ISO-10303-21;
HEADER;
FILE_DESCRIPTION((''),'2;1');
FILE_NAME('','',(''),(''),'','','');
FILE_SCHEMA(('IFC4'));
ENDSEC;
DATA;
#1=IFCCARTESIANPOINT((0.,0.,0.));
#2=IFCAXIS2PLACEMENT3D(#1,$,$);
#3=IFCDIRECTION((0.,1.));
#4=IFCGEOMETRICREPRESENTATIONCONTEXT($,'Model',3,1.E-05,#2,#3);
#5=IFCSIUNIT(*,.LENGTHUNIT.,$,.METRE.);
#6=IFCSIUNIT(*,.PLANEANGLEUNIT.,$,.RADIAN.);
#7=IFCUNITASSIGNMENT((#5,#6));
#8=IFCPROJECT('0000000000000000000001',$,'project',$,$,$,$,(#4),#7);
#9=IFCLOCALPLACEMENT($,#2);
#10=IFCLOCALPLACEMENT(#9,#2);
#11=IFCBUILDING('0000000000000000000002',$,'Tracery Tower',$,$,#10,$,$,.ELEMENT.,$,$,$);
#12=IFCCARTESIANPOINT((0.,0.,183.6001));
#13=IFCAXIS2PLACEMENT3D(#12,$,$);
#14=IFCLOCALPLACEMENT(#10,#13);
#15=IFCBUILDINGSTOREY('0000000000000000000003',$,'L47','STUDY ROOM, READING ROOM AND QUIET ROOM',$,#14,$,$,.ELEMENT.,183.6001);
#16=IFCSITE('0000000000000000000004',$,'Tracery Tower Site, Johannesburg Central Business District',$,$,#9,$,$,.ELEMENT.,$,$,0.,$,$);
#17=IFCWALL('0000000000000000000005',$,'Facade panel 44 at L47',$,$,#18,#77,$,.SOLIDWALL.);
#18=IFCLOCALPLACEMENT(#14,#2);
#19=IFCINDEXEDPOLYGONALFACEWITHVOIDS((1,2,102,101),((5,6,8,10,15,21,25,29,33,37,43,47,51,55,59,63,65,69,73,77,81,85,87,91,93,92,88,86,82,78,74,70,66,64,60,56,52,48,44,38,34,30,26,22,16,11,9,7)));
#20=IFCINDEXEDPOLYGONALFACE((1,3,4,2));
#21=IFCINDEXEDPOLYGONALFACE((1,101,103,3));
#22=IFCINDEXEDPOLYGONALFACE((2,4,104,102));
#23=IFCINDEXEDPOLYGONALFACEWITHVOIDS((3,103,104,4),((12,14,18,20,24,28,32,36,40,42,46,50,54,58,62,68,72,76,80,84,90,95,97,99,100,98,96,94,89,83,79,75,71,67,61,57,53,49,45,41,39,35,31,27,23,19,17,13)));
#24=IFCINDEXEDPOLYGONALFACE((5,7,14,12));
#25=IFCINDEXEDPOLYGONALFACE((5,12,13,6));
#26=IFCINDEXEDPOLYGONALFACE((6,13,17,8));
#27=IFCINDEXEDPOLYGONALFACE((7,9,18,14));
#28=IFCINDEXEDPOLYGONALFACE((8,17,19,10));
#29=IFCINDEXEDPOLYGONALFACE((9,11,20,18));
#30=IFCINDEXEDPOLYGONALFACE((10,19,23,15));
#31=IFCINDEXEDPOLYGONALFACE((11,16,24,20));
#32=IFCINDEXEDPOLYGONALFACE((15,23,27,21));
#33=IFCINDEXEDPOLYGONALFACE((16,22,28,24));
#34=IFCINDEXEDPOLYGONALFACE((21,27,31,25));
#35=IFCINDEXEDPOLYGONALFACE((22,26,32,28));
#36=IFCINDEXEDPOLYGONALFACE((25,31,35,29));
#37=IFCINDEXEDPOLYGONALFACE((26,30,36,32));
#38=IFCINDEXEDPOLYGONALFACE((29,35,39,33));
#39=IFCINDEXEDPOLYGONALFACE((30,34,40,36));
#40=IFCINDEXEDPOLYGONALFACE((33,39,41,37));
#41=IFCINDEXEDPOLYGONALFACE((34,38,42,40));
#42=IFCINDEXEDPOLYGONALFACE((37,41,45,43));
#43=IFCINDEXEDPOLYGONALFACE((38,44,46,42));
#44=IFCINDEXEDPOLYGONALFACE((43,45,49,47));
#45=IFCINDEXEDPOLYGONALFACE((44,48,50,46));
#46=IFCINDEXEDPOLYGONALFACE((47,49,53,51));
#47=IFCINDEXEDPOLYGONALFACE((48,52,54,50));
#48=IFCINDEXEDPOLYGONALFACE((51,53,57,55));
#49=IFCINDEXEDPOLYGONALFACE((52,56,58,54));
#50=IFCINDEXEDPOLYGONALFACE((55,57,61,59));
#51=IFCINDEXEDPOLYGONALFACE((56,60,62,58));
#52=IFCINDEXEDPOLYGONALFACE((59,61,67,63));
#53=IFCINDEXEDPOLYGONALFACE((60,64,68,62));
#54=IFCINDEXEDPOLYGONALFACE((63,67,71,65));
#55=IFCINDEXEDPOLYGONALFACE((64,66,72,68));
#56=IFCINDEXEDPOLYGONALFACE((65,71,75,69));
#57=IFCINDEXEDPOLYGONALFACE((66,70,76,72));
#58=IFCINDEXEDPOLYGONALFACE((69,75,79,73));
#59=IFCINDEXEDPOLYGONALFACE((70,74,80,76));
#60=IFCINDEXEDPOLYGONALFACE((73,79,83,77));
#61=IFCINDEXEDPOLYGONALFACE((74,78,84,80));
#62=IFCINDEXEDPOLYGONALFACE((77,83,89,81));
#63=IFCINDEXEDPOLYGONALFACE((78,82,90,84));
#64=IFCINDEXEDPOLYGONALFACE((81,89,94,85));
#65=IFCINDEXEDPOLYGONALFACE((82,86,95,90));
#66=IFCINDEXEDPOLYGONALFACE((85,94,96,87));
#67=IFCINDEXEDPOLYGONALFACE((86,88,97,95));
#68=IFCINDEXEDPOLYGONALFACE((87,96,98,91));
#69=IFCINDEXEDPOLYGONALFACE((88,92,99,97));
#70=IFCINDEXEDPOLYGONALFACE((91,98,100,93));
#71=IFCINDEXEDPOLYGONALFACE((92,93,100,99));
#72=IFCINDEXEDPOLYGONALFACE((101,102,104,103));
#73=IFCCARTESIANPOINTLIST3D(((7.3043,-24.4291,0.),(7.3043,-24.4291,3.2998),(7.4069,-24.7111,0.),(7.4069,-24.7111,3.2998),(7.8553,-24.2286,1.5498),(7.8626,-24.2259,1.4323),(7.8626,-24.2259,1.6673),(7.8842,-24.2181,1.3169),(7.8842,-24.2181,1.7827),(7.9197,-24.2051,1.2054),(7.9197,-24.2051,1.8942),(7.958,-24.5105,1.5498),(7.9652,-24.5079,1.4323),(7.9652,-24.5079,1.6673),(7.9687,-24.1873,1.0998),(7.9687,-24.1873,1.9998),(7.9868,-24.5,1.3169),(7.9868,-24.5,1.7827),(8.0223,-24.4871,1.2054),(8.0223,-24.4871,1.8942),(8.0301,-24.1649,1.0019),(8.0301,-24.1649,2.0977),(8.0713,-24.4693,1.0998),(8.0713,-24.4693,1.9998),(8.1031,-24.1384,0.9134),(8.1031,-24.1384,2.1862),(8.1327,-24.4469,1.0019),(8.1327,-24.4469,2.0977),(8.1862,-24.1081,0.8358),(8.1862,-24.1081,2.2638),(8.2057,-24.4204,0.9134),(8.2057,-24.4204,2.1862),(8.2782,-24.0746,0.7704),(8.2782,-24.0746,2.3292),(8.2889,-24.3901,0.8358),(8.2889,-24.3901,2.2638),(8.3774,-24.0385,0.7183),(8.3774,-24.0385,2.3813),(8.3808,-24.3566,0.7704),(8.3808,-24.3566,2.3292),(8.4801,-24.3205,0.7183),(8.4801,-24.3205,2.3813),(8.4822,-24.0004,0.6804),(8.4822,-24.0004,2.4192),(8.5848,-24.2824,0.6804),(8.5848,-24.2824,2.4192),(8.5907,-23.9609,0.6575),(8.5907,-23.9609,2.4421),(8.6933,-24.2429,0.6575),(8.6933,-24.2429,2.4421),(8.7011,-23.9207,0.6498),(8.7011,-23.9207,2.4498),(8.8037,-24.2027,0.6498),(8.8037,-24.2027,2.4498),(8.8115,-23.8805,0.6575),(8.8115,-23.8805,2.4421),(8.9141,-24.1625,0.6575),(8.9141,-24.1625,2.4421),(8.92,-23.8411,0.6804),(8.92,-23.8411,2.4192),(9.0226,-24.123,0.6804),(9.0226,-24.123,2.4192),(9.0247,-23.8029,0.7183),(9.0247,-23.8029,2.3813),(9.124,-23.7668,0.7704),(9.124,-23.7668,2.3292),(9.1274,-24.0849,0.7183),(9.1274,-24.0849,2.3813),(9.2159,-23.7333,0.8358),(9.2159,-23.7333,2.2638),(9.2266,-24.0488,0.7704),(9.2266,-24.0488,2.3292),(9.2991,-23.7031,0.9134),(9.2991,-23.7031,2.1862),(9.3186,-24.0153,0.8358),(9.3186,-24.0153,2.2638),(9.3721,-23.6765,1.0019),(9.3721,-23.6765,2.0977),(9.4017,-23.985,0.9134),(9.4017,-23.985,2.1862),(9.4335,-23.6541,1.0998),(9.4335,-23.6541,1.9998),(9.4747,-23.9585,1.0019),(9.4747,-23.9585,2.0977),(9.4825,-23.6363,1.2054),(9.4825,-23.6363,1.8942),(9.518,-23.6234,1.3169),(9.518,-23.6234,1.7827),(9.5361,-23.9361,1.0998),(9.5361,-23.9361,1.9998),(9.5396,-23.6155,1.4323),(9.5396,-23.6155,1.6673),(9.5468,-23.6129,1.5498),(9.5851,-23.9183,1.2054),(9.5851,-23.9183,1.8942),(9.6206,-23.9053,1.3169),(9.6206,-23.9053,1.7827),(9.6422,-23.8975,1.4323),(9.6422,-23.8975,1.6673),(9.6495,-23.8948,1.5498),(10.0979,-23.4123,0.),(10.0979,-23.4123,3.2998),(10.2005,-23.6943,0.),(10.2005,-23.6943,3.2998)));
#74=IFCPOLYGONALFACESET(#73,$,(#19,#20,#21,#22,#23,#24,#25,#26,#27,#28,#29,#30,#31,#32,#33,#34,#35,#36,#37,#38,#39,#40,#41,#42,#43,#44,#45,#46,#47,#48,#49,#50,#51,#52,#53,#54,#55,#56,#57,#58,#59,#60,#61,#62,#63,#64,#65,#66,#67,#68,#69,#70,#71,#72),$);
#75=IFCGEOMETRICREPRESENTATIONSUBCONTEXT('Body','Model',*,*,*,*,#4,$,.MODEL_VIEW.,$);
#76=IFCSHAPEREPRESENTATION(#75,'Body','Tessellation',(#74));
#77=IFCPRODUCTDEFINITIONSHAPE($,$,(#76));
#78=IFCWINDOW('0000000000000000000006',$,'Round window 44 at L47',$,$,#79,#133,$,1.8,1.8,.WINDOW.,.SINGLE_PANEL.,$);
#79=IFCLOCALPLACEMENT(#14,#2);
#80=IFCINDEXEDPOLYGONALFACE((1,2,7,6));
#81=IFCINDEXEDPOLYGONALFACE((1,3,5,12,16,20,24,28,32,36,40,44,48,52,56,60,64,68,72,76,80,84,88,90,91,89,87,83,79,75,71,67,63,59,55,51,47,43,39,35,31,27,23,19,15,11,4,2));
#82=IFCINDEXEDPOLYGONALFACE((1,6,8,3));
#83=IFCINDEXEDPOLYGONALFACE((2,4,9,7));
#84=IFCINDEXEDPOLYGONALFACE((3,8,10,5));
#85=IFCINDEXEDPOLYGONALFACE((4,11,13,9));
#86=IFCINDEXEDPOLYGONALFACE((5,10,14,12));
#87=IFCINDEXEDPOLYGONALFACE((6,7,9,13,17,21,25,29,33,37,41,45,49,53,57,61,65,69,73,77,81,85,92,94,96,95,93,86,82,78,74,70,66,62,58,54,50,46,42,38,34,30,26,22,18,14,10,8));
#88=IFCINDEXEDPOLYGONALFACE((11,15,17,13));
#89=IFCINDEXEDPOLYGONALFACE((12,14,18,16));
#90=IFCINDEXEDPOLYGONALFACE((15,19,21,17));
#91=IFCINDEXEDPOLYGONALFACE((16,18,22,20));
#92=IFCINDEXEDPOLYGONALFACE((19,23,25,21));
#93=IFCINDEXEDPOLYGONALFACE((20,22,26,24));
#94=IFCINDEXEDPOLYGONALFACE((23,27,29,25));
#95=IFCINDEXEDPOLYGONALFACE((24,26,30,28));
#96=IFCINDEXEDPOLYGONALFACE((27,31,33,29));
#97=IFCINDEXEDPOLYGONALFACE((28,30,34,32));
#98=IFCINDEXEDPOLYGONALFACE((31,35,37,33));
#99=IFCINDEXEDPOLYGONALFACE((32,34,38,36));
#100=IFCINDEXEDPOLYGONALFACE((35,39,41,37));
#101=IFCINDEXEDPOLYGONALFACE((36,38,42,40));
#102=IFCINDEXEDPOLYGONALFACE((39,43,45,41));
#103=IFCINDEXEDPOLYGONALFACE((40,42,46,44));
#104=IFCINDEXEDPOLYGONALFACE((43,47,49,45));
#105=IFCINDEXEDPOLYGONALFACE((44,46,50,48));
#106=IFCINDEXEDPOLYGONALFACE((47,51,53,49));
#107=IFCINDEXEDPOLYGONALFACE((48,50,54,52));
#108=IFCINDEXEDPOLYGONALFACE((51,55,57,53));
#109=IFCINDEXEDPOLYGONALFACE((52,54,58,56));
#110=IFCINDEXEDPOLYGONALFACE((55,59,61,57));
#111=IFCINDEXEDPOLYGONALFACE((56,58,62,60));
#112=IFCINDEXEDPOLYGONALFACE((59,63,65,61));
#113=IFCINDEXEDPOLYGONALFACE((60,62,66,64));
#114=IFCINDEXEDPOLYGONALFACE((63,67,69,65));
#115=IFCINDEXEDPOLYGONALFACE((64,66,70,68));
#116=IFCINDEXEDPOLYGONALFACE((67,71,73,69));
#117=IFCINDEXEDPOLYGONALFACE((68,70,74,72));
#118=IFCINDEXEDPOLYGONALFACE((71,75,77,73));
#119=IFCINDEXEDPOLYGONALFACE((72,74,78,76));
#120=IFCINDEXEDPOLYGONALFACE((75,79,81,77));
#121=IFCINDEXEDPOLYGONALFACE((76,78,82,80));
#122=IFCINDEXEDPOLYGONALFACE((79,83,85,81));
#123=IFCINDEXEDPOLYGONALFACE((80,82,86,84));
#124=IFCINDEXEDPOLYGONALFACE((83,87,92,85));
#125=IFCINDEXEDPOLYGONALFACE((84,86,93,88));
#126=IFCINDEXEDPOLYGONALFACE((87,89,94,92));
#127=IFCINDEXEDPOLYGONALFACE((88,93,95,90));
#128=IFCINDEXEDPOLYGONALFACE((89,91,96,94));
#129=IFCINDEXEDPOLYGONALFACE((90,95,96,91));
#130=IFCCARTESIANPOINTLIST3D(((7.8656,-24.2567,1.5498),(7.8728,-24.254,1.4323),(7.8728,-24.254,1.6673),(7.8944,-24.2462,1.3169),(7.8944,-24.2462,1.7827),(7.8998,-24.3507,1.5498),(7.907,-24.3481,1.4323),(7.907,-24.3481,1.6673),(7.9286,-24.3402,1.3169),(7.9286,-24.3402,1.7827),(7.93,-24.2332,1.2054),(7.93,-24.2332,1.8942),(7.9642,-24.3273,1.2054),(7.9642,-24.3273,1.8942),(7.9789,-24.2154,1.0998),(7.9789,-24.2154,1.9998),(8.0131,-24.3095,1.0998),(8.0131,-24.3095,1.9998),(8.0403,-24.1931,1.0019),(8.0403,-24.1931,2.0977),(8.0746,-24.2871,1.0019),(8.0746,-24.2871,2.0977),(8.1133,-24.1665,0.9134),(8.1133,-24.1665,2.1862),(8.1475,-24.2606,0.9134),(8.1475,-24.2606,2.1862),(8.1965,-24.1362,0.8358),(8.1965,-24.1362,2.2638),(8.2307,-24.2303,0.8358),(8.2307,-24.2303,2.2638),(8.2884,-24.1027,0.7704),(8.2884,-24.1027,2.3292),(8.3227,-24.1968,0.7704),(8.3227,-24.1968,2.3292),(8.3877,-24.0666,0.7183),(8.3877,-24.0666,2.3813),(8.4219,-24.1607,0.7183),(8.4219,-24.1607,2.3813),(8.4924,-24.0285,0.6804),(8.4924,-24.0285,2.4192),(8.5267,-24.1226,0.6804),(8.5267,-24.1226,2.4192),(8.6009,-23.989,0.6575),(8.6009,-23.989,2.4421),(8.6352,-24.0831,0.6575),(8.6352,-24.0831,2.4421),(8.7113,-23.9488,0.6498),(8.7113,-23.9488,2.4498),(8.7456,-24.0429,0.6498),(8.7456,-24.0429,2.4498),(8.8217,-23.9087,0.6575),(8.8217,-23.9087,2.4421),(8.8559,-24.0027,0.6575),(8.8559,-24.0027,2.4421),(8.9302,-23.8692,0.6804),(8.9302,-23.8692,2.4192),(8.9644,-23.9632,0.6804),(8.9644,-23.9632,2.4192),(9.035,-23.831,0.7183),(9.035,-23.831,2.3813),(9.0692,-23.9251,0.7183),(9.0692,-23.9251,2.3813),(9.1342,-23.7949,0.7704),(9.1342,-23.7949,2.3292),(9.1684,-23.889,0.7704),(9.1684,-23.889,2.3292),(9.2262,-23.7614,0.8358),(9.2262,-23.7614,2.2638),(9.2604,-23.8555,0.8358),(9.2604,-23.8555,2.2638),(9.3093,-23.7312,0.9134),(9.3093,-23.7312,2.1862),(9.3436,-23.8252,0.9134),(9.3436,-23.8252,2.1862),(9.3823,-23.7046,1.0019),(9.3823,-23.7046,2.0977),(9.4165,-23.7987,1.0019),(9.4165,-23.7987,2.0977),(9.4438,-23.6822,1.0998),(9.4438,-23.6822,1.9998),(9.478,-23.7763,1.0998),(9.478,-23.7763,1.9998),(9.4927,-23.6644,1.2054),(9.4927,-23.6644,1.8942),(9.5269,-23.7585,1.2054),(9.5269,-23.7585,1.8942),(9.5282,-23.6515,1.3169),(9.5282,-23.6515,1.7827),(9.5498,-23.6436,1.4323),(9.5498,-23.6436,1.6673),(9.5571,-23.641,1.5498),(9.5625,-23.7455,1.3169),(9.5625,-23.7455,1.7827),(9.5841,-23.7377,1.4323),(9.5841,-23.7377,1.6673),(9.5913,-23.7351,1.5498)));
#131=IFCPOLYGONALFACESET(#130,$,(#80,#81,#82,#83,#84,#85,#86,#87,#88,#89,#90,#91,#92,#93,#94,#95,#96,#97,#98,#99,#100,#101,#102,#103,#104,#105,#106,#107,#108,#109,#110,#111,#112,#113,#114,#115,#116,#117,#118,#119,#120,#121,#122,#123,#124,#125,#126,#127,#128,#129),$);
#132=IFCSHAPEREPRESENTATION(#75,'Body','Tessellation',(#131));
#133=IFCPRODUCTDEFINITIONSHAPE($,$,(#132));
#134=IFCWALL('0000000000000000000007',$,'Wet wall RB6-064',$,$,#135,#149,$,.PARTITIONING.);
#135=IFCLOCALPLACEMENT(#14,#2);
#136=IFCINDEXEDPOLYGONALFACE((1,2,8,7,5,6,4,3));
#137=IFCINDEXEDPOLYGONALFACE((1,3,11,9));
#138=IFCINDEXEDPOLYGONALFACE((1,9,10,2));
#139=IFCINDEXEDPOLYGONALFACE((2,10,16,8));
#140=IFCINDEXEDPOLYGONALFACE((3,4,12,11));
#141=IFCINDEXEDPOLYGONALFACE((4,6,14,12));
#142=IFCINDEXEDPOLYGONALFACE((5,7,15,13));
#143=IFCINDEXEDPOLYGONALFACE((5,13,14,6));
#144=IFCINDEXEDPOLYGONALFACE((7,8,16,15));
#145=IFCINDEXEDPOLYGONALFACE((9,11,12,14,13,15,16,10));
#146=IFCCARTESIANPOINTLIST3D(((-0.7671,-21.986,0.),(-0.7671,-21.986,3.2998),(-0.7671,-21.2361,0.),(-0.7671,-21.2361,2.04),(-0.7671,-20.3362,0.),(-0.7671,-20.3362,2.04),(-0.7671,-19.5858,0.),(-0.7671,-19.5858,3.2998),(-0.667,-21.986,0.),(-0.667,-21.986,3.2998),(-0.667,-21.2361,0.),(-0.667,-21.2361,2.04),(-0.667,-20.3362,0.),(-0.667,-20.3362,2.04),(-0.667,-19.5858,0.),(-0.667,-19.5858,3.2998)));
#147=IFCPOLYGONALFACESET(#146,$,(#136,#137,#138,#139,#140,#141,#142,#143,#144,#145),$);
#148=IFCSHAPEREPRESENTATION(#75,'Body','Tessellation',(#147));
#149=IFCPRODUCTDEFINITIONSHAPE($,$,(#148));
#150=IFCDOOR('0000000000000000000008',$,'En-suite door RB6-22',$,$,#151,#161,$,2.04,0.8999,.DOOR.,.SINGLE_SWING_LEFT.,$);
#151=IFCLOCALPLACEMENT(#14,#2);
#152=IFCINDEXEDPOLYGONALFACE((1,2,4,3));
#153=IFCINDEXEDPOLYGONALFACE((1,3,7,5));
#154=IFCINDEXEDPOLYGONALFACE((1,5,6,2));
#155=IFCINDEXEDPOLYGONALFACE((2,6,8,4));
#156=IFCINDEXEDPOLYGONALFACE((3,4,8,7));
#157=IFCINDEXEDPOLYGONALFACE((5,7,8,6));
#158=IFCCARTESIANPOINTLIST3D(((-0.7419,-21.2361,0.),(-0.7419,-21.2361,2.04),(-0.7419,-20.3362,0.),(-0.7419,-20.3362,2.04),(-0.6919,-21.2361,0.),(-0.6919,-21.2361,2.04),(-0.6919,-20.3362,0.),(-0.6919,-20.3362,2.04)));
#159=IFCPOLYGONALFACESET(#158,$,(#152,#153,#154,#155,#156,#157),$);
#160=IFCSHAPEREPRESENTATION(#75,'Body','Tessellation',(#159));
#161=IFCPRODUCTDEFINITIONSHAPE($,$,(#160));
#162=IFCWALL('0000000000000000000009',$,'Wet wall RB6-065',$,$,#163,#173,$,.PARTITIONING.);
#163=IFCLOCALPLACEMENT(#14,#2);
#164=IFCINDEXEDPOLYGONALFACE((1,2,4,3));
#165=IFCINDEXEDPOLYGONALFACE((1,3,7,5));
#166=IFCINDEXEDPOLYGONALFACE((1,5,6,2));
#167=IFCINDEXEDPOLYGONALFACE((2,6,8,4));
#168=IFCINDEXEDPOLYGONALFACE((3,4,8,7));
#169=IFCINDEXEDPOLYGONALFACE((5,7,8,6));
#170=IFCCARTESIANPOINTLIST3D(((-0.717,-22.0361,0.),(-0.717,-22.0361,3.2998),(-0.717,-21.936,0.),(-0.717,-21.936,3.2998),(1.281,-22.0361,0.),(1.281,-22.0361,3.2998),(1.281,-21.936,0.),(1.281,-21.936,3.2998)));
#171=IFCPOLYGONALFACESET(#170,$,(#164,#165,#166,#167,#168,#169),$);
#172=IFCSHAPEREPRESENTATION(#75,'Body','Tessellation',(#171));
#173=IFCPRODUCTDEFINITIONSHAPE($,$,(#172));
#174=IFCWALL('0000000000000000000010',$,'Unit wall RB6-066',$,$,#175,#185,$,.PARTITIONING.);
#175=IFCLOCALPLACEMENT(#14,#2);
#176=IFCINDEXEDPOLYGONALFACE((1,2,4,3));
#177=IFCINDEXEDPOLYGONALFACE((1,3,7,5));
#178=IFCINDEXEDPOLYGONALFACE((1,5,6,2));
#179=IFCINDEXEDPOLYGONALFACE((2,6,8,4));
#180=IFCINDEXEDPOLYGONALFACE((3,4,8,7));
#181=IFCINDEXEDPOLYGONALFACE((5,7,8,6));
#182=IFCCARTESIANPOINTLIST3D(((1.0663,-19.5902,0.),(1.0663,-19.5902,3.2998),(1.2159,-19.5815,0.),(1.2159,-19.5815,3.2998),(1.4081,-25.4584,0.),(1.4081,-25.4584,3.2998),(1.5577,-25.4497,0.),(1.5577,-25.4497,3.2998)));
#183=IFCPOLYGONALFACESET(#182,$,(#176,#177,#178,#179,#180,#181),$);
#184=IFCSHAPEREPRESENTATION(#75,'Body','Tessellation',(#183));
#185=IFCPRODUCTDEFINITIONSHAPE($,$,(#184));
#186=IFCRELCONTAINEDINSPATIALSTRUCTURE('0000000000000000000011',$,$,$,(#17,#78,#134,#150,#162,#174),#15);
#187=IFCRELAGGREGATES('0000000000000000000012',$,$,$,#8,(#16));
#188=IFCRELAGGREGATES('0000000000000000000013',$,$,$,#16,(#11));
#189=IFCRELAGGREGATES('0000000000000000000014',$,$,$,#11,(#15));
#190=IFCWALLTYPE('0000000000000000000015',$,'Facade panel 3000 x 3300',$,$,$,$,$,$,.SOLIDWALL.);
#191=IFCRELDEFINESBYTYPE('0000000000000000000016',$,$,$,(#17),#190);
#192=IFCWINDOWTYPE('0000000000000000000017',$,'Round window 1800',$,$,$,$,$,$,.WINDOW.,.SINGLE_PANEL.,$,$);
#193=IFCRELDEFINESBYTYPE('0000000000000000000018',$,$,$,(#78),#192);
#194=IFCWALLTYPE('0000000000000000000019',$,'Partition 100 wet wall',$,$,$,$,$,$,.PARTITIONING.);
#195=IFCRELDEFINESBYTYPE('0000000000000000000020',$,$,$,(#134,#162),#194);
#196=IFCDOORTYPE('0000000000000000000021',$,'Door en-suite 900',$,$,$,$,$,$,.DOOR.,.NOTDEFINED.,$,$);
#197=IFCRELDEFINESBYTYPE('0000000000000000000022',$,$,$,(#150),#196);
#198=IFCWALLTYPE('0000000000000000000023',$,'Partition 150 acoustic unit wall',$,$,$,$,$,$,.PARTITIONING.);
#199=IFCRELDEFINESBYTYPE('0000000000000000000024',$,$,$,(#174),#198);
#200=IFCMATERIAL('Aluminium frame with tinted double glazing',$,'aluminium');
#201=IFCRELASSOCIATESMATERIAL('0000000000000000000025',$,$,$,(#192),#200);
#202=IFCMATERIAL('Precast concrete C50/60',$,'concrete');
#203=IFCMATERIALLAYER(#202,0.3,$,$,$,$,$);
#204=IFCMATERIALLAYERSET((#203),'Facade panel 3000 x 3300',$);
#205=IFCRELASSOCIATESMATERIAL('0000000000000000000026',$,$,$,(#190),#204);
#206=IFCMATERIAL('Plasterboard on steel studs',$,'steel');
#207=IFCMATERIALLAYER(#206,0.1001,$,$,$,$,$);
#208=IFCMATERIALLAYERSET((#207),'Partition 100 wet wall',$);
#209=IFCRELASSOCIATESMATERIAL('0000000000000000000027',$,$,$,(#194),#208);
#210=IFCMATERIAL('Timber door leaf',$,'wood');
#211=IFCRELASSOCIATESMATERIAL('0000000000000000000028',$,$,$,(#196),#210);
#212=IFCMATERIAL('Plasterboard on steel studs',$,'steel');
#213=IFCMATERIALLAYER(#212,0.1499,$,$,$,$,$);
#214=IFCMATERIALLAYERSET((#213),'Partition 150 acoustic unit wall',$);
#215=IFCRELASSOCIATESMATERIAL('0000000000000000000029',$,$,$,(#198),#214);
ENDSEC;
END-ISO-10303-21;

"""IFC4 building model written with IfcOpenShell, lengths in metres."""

from ifc_helpers import new_model, si_unit, direction, frame, frame_2d, origin, origin_2d, place, context, subcontext, project, spatial, rectangle, circle, extrude, material, layer, layer_set, type_object, element, fill, save


model = new_model("IFC4")

# Units and contexts
model_context = context("Model", 3, precision=1e-05, world=origin(), true_north=direction((0.0, 1.0)))
body_context = subcontext(model_context, "Body", "Model", "MODEL_VIEW")
ifc_project = project(units=[si_unit("LENGTHUNIT", "METRE"), si_unit("PLANEANGLEUNIT", "RADIAN")], contexts=[model_context])

# Site, building, storey
site_placement = place(None, origin())
site = spatial("IfcSite", under=ifc_project, at=site_placement, Name="Tracery Tower Site, Johannesburg Central Business District", CompositionType="ELEMENT", RefElevation=0.0)
building_placement = place(site_placement, origin())
building = spatial("IfcBuilding", under=site, at=building_placement, Name="Tracery Tower", CompositionType="ELEMENT")
storey_placement = place(building_placement, frame((0.0, 0.0, 183.6001)))
storey = spatial("IfcBuildingStorey", under=building, at=storey_placement, Name="L47", Description="STUDY ROOM, READING ROOM AND QUIET ROOM", CompositionType="ELEMENT", Elevation=183.6001)

# Wall, opening, window
ifc_material_1 = material(Name="Aluminium frame with tinted double glazing", Category="aluminium")
window_type = type_object("IfcWindowType", Name="Round window 1800", PartitioningType="SINGLE_PANEL", PredefinedType="WINDOW", material=ifc_material_1)
ifc_material_2 = material(Name="Precast concrete C50/60", Category="concrete")
ifc_layer_1 = layer(ifc_material_2, 0.3)
ifc_layer_set_1 = layer_set([ifc_layer_1], Name="Facade panel 3000 x 3300")
wall_type_1 = type_object("IfcWallType", Name="Facade panel 3000 x 3300", PredefinedType="SOLIDWALL", material=ifc_layer_set_1)
wall_1_placement = place(storey_placement, frame((7.3557, -24.5701, 0.0), z_axis=(0.0, 0.0, 1.0), x_axis=(0.93969, 0.342027, 0.0)))
wall_1 = element("IfcWall", 1, at=wall_1_placement, inside=storey, type_object=wall_type_1, Name="Facade panel 44 at L47", PredefinedType="SOLIDWALL", context=body_context, shape_type="SweptSolid", body=[
    extrude(rectangle(XDim=2.9729, YDim=0.3, at=frame_2d((1.4863, 0.0))), origin(), (0.0, 0.0, 1.0), 3.2998),
])
opening_1_placement = place(wall_1_placement, frame((1.4863, 0.0, 1.5498)))
opening_1 = element("IfcOpeningElement", 2, at=opening_1_placement, cuts=wall_1, PredefinedType="OPENING", context=body_context, shape_type="SweptSolid", body=[
    extrude(circle(Radius=0.9, at=origin_2d()), frame((0.0, 0.1599, 0.0), z_axis=(0.0, -1.0, 0.0), x_axis=(1.0, 0.0, 0.0)), (0.0, 0.0, 1.0), 0.3201),
])
window_1_placement = place(opening_1_placement, origin())
window_1 = element("IfcWindow", 3, at=window_1_placement, inside=storey, type_object=window_type, Name="Round window 44 at L47", OverallHeight=1.8, OverallWidth=1.8, PartitioningType="SINGLE_PANEL", PredefinedType="WINDOW", context=body_context, shape_type="SweptSolid", body=[
    extrude(circle(Radius=0.9, at=origin_2d()), frame((0.0, 0.1201, 0.0), z_axis=(0.0, -1.0, 0.0), x_axis=(1.0, 0.0, 0.0)), (0.0, 0.0, 1.0), 0.1001),
])
fill(opening_1, window_1)

# Wall, opening, door
ifc_material_3 = material(Name="Plasterboard on steel studs", Category="steel")
ifc_layer_2 = layer(ifc_material_3, 0.1001)
ifc_layer_set_2 = layer_set([ifc_layer_2], Name="Partition 100 wet wall")
wall_type_2 = type_object("IfcWallType", Name="Partition 100 wet wall", PredefinedType="PARTITIONING", material=ifc_layer_set_2)
wall_2_placement = place(storey_placement, frame((-0.717, -21.9861, 0.0), z_axis=(0.0, 0.0, 1.0), x_axis=(0.0, 1.0, 0.0)))
wall_2 = element("IfcWall", 4, at=wall_2_placement, inside=storey, type_object=wall_type_2, Name="Wet wall RB6-064", PredefinedType="PARTITIONING", context=body_context, shape_type="SweptSolid", body=[
    extrude(rectangle(XDim=2.4001, YDim=0.1001, at=frame_2d((1.2002, 0.0))), origin(), (0.0, 0.0, 1.0), 3.2998),
])
opening_2_placement = place(wall_2_placement, frame((0.75, 0.0, 0.0)))
opening_2 = element("IfcOpeningElement", 5, at=opening_2_placement, cuts=wall_2, PredefinedType="OPENING", context=body_context, shape_type="SweptSolid", body=[
    extrude(rectangle(XDim=0.8999, YDim=2.04, at=frame_2d((0.45, 1.02))), frame((0.0, 0.05, 0.0), z_axis=(0.0, -1.0, 0.0), x_axis=(1.0, 0.0, 0.0)), (0.0, 0.0, 1.0), 0.1001),
])
ifc_material_4 = material(Name="Timber door leaf", Category="wood")
door_type_1 = type_object("IfcDoorType", Name="Door en-suite 900", OperationType="NOTDEFINED", PredefinedType="DOOR", material=ifc_material_4)
door_1_placement = place(opening_2_placement, origin())
door_1 = element("IfcDoor", 6, at=door_1_placement, inside=storey, type_object=door_type_1, Name="En-suite door RB6-22", OperationType="SINGLE_SWING_LEFT", OverallHeight=2.04, OverallWidth=0.8999, PredefinedType="DOOR", context=body_context, shape_type="SweptSolid", body=[
    extrude(rectangle(XDim=0.8999, YDim=2.04, at=frame_2d((0.45, 1.02))), frame((0.0, 0.0249, 0.0), z_axis=(0.0, -1.0, 0.0), x_axis=(1.0, 0.0, 0.0)), (0.0, 0.0, 1.0), 0.05),
])
fill(opening_2, door_1)

# Walls
wall_3_placement = place(storey_placement, frame((-0.717, -21.9861, 0.0), z_axis=(0.0, 0.0, 1.0), x_axis=(1.0, 0.0, 0.0)))
element("IfcWall", 7, at=wall_3_placement, inside=storey, type_object=wall_type_2, Name="Wet wall RB6-065", PredefinedType="PARTITIONING", context=body_context, shape_type="SweptSolid", body=[
    extrude(rectangle(XDim=1.998, YDim=0.1001, at=frame_2d((0.999, 0.0))), origin(), (0.0, 0.0, 1.0), 3.2998),
])
ifc_material_5 = material(Name="Plasterboard on steel studs", Category="steel")
ifc_layer_3 = layer(ifc_material_5, 0.1499)
ifc_layer_set_3 = layer_set([ifc_layer_3], Name="Partition 150 acoustic unit wall")
wall_type_3 = type_object("IfcWallType", Name="Partition 150 acoustic unit wall", PredefinedType="PARTITIONING", material=ifc_layer_set_3)
wall_4_placement = place(storey_placement, frame((1.1411, -19.5859, 0.0), z_axis=(0.0, 0.0, 1.0), x_axis=(0.058147, -0.998308, 0.0)))
element("IfcWall", 8, at=wall_4_placement, inside=storey, type_object=wall_type_3, Name="Unit wall RB6-066", PredefinedType="PARTITIONING", context=body_context, shape_type="SweptSolid", body=[
    extrude(rectangle(XDim=5.8782, YDim=0.1499, at=frame_2d((2.939, 0.0))), origin(), (0.0, 0.0, 1.0), 3.2998),
])

save(model, "model.ifc")
